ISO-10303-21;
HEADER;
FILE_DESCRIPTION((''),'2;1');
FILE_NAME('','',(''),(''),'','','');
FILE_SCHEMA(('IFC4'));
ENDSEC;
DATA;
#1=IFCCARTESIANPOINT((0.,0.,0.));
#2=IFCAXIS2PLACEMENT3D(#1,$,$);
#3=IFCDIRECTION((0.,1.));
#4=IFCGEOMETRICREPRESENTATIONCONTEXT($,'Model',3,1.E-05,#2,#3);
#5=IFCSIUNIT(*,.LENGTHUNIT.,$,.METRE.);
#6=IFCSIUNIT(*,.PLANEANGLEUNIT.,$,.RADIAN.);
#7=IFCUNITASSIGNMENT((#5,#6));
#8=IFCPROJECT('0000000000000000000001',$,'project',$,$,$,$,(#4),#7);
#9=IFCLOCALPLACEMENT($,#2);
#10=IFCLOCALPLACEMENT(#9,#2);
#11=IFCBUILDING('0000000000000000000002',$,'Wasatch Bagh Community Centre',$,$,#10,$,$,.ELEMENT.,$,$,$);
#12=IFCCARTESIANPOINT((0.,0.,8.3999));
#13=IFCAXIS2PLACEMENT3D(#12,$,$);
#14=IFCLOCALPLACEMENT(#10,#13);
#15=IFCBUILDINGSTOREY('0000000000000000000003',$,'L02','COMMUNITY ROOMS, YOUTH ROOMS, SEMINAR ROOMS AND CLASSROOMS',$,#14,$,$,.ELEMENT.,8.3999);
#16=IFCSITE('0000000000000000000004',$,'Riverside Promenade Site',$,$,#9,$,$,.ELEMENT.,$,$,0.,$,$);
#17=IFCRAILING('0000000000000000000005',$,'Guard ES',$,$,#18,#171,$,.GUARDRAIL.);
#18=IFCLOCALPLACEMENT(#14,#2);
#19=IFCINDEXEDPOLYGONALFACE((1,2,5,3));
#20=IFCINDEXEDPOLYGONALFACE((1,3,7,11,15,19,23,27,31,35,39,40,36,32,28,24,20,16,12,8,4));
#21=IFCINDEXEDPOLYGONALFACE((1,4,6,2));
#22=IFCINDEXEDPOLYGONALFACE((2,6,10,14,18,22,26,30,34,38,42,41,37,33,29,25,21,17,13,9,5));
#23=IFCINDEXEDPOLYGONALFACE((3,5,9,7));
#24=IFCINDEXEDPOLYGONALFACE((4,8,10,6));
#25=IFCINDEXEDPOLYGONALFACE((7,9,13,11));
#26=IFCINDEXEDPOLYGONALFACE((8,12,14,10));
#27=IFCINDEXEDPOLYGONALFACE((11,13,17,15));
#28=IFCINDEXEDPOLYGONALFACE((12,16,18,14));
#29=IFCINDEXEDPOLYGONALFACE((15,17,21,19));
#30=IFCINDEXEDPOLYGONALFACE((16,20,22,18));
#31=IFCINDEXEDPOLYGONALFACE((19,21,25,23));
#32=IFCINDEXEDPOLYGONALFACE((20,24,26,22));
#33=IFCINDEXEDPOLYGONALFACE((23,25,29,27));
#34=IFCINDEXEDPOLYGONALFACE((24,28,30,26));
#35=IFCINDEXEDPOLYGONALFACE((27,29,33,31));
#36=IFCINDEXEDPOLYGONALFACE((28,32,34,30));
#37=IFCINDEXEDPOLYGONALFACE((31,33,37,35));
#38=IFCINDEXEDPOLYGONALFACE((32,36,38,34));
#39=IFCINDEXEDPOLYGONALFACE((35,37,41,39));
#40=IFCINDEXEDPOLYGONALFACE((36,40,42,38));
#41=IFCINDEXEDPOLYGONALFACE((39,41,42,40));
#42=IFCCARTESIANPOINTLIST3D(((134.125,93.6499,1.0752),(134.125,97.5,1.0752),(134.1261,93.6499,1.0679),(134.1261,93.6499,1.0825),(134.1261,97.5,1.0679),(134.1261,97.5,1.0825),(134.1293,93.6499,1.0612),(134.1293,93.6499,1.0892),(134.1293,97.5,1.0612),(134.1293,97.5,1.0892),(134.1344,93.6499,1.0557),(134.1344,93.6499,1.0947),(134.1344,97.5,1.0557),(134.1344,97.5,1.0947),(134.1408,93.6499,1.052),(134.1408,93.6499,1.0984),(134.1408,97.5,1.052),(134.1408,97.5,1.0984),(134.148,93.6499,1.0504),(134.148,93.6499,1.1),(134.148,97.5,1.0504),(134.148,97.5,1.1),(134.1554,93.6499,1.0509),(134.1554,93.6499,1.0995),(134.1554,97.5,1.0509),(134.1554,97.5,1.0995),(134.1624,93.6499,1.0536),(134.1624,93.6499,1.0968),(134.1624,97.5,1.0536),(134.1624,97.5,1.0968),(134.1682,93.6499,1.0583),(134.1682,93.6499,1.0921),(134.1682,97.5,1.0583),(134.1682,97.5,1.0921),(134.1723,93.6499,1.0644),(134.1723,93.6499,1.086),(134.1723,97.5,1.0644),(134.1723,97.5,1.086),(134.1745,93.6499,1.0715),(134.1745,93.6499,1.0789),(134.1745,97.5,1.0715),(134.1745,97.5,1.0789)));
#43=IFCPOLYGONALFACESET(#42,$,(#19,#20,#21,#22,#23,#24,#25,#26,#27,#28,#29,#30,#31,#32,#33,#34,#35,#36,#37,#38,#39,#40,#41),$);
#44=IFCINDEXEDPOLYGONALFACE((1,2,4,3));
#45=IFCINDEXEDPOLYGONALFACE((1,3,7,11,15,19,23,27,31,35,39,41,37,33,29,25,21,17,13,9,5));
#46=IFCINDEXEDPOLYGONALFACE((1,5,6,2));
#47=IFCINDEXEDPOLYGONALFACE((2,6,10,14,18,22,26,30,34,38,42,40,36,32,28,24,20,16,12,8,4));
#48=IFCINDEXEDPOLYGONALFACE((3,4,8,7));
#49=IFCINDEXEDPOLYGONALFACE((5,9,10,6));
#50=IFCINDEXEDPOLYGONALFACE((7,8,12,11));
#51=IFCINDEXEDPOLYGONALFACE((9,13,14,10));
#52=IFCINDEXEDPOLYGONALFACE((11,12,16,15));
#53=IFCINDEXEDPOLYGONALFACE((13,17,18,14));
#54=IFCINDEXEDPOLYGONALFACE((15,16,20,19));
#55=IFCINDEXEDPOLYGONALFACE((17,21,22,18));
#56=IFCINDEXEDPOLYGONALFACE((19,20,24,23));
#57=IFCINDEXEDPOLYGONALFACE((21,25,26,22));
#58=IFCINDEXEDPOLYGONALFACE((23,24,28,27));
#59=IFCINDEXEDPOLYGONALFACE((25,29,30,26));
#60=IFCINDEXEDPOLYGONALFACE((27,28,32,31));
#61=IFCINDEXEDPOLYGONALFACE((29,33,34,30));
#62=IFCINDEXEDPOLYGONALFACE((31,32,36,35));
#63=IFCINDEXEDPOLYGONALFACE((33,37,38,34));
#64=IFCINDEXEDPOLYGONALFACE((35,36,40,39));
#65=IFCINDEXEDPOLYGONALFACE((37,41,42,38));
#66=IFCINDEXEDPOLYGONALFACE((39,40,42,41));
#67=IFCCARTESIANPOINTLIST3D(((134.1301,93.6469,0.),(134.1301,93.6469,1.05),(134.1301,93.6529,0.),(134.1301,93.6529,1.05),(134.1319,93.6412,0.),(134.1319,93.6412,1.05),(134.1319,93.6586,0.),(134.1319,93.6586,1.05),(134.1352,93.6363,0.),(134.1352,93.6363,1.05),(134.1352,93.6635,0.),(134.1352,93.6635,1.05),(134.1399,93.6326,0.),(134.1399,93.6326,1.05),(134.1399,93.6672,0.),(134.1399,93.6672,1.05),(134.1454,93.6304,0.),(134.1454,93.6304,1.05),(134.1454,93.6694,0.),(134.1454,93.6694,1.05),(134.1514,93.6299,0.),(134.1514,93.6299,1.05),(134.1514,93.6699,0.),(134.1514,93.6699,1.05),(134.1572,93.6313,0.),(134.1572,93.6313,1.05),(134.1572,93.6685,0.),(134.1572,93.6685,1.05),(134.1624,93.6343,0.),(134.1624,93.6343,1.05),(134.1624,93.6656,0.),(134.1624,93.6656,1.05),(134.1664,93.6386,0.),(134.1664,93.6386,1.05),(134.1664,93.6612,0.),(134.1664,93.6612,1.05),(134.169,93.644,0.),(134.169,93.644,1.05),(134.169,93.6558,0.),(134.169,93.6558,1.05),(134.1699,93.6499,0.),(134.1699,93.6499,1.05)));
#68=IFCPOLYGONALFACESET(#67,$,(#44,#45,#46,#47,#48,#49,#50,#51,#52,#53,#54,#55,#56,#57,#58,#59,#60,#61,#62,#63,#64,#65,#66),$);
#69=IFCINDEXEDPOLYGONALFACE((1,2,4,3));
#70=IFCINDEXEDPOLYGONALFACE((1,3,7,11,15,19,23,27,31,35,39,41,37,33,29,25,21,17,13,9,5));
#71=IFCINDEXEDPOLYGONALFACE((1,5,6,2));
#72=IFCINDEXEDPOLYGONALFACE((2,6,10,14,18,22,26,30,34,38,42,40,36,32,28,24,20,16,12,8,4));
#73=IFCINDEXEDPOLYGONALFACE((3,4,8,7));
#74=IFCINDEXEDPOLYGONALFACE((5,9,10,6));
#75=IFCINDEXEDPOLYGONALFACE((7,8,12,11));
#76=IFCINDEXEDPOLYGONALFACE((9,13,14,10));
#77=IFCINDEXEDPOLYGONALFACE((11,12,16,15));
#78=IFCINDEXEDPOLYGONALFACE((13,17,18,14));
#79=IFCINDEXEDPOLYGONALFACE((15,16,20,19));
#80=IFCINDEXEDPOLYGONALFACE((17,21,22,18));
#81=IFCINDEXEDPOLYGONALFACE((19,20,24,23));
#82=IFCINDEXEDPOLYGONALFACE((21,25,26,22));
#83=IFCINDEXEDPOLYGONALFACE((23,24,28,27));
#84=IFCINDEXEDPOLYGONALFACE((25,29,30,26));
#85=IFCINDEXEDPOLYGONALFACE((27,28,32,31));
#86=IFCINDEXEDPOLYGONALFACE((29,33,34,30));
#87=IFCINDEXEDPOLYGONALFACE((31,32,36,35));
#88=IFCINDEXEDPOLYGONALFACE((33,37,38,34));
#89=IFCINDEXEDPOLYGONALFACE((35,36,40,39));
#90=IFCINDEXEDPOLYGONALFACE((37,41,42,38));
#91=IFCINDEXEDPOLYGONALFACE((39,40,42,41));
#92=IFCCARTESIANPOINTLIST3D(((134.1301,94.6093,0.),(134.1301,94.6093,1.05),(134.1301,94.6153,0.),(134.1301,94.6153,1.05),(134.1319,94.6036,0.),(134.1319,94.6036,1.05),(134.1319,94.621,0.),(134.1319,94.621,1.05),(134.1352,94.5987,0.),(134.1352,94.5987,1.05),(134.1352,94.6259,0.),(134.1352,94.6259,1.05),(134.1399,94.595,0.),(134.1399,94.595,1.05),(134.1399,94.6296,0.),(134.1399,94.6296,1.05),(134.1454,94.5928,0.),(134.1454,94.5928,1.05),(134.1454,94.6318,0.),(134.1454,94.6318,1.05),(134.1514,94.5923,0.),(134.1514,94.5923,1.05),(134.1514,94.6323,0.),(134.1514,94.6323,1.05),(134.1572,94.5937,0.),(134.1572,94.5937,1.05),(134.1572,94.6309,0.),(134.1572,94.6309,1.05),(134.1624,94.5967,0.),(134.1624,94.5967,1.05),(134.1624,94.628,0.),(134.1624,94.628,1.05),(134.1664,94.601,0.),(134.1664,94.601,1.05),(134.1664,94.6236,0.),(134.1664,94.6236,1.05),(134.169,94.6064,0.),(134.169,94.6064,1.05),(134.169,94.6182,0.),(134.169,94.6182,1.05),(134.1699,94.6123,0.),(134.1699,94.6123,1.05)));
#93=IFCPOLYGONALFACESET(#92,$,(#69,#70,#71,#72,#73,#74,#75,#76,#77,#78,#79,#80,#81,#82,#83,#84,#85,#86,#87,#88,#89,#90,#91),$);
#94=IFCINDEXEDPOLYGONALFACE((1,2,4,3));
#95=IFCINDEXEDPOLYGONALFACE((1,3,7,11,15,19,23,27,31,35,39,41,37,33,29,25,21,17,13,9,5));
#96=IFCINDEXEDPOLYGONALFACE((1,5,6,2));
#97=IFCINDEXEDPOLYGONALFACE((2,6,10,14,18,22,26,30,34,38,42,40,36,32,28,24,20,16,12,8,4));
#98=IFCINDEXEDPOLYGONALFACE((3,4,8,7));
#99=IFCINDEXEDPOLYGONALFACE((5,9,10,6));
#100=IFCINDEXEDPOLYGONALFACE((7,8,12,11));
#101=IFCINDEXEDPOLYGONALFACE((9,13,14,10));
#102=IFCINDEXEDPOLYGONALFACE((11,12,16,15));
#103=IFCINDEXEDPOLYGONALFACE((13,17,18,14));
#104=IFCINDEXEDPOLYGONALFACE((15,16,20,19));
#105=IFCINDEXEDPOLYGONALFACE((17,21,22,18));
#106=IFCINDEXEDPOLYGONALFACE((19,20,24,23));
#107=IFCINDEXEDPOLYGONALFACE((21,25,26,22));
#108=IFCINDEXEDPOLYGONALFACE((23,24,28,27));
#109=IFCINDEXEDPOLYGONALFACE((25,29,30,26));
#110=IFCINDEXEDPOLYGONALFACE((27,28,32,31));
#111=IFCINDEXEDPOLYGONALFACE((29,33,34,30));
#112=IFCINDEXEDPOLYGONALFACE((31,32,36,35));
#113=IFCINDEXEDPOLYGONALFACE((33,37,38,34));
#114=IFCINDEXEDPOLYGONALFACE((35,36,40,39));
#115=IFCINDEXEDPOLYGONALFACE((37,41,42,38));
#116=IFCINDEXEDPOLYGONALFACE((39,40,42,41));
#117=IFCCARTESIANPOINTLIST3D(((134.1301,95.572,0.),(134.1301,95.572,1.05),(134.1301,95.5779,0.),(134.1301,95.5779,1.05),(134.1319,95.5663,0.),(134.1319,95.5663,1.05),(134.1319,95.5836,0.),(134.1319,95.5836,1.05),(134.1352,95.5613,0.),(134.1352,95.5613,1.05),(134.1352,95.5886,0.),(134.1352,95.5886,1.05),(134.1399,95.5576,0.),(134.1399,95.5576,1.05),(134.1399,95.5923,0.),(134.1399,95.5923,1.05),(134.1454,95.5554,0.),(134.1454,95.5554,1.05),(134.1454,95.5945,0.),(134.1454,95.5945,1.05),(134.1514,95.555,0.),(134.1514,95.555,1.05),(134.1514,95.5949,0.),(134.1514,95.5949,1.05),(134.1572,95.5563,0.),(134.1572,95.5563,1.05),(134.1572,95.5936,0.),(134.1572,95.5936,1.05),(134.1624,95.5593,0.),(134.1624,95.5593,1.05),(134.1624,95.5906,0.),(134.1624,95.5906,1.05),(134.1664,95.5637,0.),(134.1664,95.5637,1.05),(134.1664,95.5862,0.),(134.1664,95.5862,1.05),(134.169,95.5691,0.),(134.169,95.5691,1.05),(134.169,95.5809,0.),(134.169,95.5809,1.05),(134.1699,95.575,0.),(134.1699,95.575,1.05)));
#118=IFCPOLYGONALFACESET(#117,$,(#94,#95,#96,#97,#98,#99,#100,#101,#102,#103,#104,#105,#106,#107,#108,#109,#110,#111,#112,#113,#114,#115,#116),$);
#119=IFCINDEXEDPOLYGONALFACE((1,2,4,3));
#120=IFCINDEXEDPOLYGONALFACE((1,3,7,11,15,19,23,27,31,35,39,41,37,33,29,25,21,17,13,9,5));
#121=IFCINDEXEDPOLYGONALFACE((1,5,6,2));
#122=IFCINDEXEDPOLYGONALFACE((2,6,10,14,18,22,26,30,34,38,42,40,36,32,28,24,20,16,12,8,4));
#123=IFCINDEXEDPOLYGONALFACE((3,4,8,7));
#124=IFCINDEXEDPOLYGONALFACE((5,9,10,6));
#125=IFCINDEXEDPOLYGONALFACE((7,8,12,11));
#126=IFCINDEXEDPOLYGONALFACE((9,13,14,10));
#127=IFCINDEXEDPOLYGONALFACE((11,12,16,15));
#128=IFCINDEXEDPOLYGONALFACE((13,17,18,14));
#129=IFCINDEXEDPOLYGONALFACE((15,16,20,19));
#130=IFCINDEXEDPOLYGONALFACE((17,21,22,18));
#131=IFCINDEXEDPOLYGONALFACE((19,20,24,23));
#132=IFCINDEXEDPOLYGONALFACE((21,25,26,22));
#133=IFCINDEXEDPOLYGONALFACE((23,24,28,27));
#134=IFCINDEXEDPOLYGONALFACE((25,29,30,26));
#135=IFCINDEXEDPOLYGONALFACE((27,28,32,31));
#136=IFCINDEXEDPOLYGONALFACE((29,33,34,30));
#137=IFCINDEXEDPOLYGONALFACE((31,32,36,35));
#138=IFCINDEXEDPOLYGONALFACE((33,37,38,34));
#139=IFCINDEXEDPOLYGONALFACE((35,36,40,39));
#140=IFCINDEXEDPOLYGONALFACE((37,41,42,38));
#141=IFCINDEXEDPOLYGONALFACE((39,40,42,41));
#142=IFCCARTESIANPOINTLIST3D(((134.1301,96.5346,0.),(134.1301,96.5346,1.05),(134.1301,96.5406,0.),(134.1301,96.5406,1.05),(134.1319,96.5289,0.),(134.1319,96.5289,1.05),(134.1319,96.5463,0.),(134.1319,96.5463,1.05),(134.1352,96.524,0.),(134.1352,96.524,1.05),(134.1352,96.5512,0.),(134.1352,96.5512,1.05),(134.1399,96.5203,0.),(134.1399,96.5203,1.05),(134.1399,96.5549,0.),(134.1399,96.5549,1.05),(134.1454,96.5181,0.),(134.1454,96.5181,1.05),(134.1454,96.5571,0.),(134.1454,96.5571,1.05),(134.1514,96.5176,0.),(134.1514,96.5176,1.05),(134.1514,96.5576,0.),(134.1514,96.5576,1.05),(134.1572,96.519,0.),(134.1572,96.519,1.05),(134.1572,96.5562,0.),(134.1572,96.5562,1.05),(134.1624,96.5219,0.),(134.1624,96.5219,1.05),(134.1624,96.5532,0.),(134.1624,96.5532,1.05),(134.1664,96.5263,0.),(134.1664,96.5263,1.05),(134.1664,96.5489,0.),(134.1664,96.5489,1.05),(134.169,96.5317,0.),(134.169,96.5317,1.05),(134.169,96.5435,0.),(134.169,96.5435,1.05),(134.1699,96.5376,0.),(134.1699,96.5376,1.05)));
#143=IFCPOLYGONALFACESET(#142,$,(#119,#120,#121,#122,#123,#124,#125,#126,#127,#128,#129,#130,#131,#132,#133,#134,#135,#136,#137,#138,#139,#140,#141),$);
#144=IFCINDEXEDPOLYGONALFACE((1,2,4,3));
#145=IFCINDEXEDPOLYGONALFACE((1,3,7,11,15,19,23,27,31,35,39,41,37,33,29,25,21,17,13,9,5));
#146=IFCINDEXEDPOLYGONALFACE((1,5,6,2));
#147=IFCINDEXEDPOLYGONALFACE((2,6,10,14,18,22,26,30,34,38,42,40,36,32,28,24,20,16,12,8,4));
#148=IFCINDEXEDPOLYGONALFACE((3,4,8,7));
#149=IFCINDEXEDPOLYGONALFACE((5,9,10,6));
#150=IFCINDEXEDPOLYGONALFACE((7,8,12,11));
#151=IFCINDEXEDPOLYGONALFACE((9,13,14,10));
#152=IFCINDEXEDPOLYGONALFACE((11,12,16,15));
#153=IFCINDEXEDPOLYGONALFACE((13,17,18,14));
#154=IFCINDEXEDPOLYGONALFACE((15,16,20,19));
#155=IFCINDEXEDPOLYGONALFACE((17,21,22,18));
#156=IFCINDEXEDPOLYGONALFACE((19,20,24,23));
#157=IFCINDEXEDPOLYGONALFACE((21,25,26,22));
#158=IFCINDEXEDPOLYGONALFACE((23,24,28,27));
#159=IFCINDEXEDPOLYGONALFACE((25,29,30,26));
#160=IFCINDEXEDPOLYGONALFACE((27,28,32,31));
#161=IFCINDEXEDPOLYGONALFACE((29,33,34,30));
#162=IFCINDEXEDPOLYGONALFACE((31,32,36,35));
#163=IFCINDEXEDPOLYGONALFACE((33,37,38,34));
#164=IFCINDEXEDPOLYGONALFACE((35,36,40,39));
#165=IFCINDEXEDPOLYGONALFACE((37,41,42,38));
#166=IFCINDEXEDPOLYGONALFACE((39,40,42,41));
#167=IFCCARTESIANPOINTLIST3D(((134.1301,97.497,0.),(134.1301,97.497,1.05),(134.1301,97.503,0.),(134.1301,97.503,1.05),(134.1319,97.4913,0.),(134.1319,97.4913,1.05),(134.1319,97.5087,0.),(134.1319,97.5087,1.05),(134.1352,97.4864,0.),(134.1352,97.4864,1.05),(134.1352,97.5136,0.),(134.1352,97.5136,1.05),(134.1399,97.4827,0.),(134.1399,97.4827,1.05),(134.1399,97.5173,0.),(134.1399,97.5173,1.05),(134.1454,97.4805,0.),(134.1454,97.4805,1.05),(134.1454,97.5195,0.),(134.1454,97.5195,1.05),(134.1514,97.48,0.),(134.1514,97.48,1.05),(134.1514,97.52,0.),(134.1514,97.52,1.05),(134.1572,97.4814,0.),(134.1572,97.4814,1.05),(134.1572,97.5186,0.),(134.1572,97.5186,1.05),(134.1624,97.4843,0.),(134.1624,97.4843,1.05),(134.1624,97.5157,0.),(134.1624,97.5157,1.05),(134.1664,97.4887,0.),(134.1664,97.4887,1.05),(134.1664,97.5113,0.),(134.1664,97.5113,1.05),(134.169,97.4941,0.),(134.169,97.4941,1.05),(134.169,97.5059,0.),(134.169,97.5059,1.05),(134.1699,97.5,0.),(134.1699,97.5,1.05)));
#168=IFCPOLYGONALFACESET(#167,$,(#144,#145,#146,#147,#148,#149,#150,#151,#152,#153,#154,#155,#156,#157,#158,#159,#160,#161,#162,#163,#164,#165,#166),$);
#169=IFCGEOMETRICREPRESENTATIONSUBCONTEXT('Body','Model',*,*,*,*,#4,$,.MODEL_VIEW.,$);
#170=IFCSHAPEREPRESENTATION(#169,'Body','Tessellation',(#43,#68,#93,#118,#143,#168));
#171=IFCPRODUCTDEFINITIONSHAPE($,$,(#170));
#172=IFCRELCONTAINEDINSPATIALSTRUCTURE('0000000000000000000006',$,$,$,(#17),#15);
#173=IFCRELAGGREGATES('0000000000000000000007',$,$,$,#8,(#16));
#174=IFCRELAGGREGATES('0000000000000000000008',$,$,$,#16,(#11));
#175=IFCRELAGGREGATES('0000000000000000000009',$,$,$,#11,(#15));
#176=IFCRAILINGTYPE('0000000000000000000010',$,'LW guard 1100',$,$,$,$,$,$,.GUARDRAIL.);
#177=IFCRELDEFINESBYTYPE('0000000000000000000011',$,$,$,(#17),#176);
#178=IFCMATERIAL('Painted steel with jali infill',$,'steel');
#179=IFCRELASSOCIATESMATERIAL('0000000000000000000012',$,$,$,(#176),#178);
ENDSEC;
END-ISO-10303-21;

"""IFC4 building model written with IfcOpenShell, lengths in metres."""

from ifc_helpers import new_model, si_unit, direction, frame, origin, origin_2d, place, context, subcontext, project, spatial, circle, extrude, material, type_object, element, save


model = new_model("IFC4")

# Units and contexts
model_context = context("Model", 3, precision=1e-05, world=origin(), true_north=direction((0.0, 1.0)))
body_context = subcontext(model_context, "Body", "Model", "MODEL_VIEW")
ifc_project = project(units=[si_unit("LENGTHUNIT", "METRE"), si_unit("PLANEANGLEUNIT", "RADIAN")], contexts=[model_context])

# Site, building, storey
site_placement = place(None, origin())
site = spatial("IfcSite", under=ifc_project, at=site_placement, Name="Riverside Promenade Site", CompositionType="ELEMENT", RefElevation=0.0)
building_placement = place(site_placement, origin())
building = spatial("IfcBuilding", under=site, at=building_placement, Name="Wasatch Bagh Community Centre", CompositionType="ELEMENT")
storey_placement = place(building_placement, frame((0.0, 0.0, 8.3999)))
storey = spatial("IfcBuildingStorey", under=building, at=storey_placement, Name="L02", Description="COMMUNITY ROOMS, YOUTH ROOMS, SEMINAR ROOMS AND CLASSROOMS", CompositionType="ELEMENT", Elevation=8.3999)

# Railing
ifc_material_1 = material(Name="Painted steel with jali infill", Category="steel")
railing_type = type_object("IfcRailingType", Name="LW guard 1100", PredefinedType="GUARDRAIL", material=ifc_material_1)
railing_1_placement = place(storey_placement, frame((134.1499, 93.6499, 0.0)))
element("IfcRailing", 1, at=railing_1_placement, inside=storey, type_object=railing_type, Name="Guard ES", PredefinedType="GUARDRAIL", context=body_context, shape_type="SweptSolid", body=[
    extrude(circle(Radius=0.0249, at=origin_2d()), frame((0.0, 0.0, 1.0752), z_axis=(0.0, 1.0, 0.0), x_axis=(-1.0, 0.0, 0.0)), (0.0, 0.0, 1.0), 3.8501),
    extrude(circle(Radius=0.02, at=origin_2d()), origin(), (0.0, 0.0, 1.0), 1.05),
    extrude(circle(Radius=0.02, at=origin_2d()), frame((0.0, 0.9624, 0.0)), (0.0, 0.0, 1.0), 1.05),
    extrude(circle(Radius=0.02, at=origin_2d()), frame((0.0, 1.925, 0.0)), (0.0, 0.0, 1.0), 1.05),
    extrude(circle(Radius=0.02, at=origin_2d()), frame((0.0, 2.8877, 0.0)), (0.0, 0.0, 1.0), 1.05),
    extrude(circle(Radius=0.02, at=origin_2d()), frame((0.0, 3.8501, 0.0)), (0.0, 0.0, 1.0), 1.05),
])

save(model, "model.ifc")
